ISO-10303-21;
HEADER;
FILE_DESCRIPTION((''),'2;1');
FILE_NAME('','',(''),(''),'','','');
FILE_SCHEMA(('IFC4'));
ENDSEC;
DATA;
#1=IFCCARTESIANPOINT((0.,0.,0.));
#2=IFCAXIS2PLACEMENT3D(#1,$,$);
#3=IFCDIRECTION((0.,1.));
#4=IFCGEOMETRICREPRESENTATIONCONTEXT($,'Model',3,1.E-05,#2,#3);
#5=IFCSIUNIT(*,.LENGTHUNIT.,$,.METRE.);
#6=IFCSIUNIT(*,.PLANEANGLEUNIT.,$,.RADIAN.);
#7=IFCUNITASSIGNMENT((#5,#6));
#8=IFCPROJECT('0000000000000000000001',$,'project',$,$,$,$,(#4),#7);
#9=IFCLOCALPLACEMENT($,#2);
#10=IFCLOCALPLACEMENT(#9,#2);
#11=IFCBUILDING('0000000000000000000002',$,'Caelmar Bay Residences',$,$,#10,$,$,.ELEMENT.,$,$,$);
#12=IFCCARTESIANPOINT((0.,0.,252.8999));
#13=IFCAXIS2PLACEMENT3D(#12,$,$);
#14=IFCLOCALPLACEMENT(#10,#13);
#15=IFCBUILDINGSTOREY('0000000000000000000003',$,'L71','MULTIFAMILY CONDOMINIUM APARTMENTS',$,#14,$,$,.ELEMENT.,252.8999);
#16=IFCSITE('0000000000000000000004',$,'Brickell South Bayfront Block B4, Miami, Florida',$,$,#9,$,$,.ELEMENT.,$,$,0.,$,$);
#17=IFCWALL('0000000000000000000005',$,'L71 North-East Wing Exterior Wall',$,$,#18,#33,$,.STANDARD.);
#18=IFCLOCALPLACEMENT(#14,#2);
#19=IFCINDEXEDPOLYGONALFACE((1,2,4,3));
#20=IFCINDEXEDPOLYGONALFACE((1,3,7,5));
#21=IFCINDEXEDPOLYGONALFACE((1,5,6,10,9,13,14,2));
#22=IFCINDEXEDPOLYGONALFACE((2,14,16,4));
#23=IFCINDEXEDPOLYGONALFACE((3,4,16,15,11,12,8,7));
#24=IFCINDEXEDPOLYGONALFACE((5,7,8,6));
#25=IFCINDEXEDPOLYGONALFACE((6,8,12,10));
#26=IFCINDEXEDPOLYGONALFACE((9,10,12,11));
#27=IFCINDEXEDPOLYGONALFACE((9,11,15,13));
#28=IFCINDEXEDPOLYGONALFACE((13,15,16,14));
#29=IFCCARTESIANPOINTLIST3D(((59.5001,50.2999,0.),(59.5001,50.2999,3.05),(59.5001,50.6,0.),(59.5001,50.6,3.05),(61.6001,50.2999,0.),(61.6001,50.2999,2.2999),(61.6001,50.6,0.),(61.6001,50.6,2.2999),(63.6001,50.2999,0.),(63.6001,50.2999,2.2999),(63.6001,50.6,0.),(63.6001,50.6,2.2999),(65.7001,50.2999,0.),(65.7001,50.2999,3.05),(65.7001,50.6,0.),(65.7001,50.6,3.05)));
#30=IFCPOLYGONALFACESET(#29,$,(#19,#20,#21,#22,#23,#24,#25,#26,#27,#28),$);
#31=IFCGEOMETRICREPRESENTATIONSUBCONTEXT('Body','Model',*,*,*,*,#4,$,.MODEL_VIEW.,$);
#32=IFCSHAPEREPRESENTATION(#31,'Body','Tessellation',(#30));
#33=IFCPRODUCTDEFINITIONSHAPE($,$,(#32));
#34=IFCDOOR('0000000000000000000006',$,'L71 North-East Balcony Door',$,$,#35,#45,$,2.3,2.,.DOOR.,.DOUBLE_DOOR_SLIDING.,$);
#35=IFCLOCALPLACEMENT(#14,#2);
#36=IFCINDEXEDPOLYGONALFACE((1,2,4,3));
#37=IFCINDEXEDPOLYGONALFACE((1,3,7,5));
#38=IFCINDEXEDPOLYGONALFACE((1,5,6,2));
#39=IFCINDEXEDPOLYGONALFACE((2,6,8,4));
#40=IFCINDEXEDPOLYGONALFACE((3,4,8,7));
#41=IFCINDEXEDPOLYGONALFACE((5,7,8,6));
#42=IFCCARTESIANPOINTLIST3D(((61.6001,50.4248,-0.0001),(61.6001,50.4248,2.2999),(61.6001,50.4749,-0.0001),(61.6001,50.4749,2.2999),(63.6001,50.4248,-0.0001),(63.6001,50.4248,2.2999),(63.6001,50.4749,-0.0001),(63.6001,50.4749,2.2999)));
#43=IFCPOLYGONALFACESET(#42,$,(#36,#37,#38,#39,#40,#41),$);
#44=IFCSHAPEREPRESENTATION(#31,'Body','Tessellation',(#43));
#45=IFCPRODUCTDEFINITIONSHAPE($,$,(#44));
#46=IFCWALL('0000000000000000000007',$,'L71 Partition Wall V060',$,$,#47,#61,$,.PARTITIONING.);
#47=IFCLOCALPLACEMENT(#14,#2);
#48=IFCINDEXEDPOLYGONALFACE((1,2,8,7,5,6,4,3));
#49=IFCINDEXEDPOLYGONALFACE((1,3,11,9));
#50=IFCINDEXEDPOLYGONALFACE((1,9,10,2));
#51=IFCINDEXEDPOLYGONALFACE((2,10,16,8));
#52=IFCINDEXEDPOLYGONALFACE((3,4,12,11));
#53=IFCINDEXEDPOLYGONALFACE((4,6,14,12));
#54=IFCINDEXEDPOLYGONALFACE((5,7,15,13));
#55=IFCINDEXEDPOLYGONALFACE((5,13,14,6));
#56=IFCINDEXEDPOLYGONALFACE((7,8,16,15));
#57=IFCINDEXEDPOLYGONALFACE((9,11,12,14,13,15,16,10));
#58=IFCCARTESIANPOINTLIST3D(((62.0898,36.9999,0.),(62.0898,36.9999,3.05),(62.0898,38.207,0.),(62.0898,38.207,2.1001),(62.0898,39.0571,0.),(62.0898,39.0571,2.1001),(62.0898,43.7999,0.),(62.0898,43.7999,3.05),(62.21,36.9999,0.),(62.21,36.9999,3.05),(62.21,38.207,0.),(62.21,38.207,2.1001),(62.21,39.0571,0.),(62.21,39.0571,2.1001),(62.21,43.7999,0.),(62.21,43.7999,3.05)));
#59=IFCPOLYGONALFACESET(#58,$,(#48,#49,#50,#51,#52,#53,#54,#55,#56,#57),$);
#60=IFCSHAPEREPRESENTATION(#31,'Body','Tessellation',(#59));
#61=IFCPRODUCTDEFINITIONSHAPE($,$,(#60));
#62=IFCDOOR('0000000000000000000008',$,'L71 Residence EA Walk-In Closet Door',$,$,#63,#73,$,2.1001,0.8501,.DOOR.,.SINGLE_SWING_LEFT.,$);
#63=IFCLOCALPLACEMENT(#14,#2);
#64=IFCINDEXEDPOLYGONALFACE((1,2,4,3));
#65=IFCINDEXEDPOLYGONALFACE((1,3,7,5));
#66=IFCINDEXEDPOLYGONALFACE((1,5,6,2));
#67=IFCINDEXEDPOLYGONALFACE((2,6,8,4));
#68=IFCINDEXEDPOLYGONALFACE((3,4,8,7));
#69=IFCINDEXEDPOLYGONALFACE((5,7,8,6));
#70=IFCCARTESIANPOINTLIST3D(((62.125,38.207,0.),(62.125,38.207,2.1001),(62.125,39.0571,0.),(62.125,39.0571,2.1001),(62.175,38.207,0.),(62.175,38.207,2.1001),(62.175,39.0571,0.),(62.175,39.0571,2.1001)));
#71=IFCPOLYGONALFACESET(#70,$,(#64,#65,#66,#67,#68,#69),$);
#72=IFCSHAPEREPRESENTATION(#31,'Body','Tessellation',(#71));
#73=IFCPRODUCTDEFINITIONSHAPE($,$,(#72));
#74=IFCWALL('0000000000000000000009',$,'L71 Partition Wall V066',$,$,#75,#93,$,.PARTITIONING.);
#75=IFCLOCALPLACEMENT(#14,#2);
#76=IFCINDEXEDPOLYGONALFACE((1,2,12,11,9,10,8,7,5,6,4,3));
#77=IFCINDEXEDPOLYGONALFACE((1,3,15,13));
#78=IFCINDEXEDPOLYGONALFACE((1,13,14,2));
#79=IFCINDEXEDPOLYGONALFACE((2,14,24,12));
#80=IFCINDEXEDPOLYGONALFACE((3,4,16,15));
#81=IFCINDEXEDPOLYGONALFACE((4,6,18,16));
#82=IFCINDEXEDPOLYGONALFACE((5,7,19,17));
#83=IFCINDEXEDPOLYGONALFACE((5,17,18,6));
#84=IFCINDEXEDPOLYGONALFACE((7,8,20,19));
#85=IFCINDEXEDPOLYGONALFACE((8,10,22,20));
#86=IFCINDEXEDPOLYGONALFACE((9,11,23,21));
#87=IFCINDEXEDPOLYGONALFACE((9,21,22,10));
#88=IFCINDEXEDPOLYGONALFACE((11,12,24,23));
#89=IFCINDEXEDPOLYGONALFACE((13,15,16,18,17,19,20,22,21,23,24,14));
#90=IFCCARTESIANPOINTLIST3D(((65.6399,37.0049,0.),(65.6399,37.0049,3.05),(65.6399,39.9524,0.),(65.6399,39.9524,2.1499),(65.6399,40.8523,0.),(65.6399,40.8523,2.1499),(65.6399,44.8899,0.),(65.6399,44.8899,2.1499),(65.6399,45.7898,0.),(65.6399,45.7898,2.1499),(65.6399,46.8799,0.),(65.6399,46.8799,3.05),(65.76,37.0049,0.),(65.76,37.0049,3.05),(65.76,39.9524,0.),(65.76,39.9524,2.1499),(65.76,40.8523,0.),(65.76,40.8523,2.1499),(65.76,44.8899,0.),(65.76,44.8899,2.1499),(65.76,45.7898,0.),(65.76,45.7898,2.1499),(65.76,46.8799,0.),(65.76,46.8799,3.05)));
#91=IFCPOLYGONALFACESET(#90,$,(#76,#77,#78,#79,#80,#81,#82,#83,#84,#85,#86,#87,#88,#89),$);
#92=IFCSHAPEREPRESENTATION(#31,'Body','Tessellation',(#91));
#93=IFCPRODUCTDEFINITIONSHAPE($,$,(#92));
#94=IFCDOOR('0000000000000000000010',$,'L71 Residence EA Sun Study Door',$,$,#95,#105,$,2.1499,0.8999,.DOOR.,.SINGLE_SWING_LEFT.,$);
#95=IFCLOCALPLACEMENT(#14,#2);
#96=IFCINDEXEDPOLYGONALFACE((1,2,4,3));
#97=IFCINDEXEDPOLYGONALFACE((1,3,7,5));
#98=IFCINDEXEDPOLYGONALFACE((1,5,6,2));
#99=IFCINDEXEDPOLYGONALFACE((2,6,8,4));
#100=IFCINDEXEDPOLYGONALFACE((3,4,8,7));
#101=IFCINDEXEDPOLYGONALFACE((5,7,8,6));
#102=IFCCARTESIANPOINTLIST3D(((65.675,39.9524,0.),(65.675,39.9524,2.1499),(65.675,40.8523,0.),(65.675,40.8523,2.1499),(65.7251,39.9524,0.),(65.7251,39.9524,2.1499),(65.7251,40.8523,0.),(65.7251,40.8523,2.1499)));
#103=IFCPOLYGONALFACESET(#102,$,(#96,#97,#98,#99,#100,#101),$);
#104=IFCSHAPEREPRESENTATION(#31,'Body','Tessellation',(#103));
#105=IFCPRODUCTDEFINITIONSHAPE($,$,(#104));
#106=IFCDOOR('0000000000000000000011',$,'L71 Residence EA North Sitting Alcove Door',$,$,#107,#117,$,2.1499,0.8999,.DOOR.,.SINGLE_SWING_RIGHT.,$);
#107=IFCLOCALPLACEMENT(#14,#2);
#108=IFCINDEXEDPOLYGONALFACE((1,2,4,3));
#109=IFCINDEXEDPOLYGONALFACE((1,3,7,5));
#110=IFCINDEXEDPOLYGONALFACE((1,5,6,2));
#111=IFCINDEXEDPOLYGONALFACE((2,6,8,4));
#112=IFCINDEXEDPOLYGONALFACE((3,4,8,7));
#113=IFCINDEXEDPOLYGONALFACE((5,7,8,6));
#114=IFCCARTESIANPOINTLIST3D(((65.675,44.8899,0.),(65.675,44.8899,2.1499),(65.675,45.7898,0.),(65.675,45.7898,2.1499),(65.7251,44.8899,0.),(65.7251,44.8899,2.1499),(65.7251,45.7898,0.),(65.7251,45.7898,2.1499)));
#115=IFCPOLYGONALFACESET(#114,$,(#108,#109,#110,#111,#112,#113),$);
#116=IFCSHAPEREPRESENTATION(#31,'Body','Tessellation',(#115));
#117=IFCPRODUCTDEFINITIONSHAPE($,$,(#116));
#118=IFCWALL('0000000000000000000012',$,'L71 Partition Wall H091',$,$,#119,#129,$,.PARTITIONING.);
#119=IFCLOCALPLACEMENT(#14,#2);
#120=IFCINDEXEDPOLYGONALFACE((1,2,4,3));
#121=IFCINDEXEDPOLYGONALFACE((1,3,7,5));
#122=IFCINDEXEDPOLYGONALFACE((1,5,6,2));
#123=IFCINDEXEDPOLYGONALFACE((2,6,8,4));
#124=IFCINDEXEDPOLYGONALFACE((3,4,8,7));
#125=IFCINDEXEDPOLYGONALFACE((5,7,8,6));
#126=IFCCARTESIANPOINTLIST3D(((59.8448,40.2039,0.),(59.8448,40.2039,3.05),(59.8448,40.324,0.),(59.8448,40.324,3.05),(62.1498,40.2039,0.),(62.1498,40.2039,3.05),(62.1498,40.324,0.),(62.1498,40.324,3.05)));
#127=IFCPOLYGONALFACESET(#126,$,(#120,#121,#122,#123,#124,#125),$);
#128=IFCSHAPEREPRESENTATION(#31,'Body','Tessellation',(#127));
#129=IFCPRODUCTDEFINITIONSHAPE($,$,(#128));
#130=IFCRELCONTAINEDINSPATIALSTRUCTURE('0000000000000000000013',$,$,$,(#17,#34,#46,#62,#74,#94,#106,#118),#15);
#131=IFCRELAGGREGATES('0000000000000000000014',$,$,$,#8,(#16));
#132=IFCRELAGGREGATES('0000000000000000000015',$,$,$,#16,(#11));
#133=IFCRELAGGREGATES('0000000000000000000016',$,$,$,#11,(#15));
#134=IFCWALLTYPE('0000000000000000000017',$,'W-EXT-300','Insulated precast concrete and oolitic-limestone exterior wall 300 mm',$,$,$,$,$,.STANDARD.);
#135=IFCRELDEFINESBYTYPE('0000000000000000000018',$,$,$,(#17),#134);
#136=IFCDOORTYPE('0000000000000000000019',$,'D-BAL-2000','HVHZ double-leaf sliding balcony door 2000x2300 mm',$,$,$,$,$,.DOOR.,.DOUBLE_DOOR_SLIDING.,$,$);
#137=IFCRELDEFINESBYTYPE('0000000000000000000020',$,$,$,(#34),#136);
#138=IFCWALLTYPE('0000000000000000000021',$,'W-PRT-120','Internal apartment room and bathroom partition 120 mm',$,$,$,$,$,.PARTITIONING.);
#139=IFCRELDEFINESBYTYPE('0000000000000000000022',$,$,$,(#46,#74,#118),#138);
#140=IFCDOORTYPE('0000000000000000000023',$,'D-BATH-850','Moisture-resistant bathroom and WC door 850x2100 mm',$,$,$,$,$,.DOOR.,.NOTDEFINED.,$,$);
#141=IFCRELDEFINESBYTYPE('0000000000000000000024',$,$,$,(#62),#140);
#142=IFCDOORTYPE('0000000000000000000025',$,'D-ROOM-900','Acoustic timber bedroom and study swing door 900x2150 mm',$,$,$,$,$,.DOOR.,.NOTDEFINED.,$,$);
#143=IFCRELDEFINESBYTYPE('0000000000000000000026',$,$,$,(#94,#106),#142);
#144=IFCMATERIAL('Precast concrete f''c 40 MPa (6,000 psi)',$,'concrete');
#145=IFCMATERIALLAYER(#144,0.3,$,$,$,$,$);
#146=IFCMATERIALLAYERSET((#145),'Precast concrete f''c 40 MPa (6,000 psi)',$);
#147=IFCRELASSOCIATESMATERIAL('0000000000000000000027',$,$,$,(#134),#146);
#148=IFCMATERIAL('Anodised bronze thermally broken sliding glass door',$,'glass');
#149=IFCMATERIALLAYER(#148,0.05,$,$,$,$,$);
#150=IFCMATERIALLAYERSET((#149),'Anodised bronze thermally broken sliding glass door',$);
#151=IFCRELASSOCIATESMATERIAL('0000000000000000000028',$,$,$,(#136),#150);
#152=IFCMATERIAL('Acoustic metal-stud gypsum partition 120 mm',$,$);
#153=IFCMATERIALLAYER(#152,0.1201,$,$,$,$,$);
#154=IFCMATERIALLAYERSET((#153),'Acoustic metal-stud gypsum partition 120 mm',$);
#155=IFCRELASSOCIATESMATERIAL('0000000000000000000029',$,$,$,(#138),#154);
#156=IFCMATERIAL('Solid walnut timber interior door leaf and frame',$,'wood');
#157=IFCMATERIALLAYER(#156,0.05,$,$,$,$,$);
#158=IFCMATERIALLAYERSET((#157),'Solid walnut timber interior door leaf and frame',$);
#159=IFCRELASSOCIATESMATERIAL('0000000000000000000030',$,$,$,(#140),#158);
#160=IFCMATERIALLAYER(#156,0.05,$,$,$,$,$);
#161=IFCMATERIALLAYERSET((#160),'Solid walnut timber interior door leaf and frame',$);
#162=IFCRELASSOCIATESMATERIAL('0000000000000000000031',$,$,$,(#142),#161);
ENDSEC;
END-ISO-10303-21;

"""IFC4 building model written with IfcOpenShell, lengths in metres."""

from ifc_helpers import new_model, si_unit, direction, frame, frame_2d, origin, place, context, subcontext, project, spatial, rectangle, extrude, material, layer, layer_set, type_object, element, fill, save


model = new_model("IFC4")

# Units and contexts
model_context = context("Model", 3, precision=1e-05, world=origin(), true_north=direction((0.0, 1.0)))
body_context = subcontext(model_context, "Body", "Model", "MODEL_VIEW")
ifc_project = project(units=[si_unit("LENGTHUNIT", "METRE"), si_unit("PLANEANGLEUNIT", "RADIAN")], contexts=[model_context])

# Site, building, storey
site_placement = place(None, origin())
site = spatial("IfcSite", under=ifc_project, at=site_placement, Name="Brickell South Bayfront Block B4, Miami, Florida", CompositionType="ELEMENT", RefElevation=0.0)
building_placement = place(site_placement, origin())
building = spatial("IfcBuilding", under=site, at=building_placement, Name="Caelmar Bay Residences", CompositionType="ELEMENT")
storey_placement = place(building_placement, frame((0.0, 0.0, 252.8999)))
storey = spatial("IfcBuildingStorey", under=building, at=storey_placement, Name="L71", Description="MULTIFAMILY CONDOMINIUM APARTMENTS", CompositionType="ELEMENT", Elevation=252.8999)

# Shared definitions
ifc_material_1 = material(Name="Precast concrete f'c 40 MPa (6,000 psi)", Category="concrete")
ifc_layer_1 = layer(ifc_material_1, 0.3)
ifc_layer_set_1 = layer_set([ifc_layer_1], Name="Precast concrete f'c 40 MPa (6,000 psi)")
wall_type_1 = type_object("IfcWallType", Name="W-EXT-300", Description="Insulated precast concrete and oolitic-limestone exterior wall 300 mm", PredefinedType="STANDARD", material=ifc_layer_set_1)

# Walls, openings, doors
wall_1_placement = place(storey_placement, frame((59.5, 50.45, 0.0), z_axis=(0.0, 0.0, 1.0), x_axis=(1.0, 0.0, 0.0)))
wall_1 = element("IfcWall", 1, at=wall_1_placement, inside=storey, type_object=wall_type_1, Name="L71 North-East Wing Exterior Wall", PredefinedType="STANDARD", context=body_context, shape_type="SweptSolid", body=[
    extrude(rectangle(XDim=6.2, YDim=0.3, at=frame_2d((3.1001, 0.0))), origin(), (0.0, 0.0, 1.0), 3.05),
])
opening_1_placement = place(wall_1_placement, frame((2.1001, 0.0, 0.0)))
opening_1 = element("IfcOpeningElement", 2, at=opening_1_placement, cuts=wall_1, PredefinedType="OPENING", context=body_context, shape_type="SweptSolid", body=[
    extrude(rectangle(XDim=2.0, YDim=2.3, at=frame_2d((1.0, 1.1499))), frame((0.0, 0.1599, 0.0), z_axis=(0.0, -1.0, 0.0), x_axis=(1.0, 0.0, 0.0)), (0.0, 0.0, 1.0), 0.3201),
])
ifc_material_2 = material(Name="Anodised bronze thermally broken sliding glass door", Category="glass")
ifc_layer_2 = layer(ifc_material_2, 0.05)
ifc_layer_set_2 = layer_set([ifc_layer_2], Name="Anodised bronze thermally broken sliding glass door")
door_type_1 = type_object("IfcDoorType", Name="D-BAL-2000", Description="HVHZ double-leaf sliding balcony door 2000x2300 mm", OperationType="DOUBLE_DOOR_SLIDING", PredefinedType="DOOR", material=ifc_layer_set_2)
door_1_placement = place(opening_1_placement, origin())
door_1 = element("IfcDoor", 3, at=door_1_placement, inside=storey, type_object=door_type_1, Name="L71 North-East Balcony Door", OperationType="DOUBLE_DOOR_SLIDING", OverallHeight=2.3, OverallWidth=2.0, PredefinedType="DOOR", context=body_context, shape_type="SweptSolid", body=[
    extrude(rectangle(XDim=2.0, YDim=2.3, at=frame_2d((1.0, 1.1499))), frame((0.0, 0.0249, 0.0), z_axis=(0.0, -1.0, 0.0), x_axis=(1.0, 0.0, 0.0)), (0.0, 0.0, 1.0), 0.05),
])
fill(opening_1, door_1)
ifc_material_3 = material(Name="Acoustic metal-stud gypsum partition 120 mm")
ifc_layer_3 = layer(ifc_material_3, 0.1201)
ifc_layer_set_3 = layer_set([ifc_layer_3], Name="Acoustic metal-stud gypsum partition 120 mm")
wall_type_2 = type_object("IfcWallType", Name="W-PRT-120", Description="Internal apartment room and bathroom partition 120 mm", PredefinedType="PARTITIONING", material=ifc_layer_set_3)
wall_2_placement = place(storey_placement, frame((62.1499, 37.0, 0.0), z_axis=(0.0, 0.0, 1.0), x_axis=(0.0, 1.0, 0.0)))
wall_2 = element("IfcWall", 4, at=wall_2_placement, inside=storey, type_object=wall_type_2, Name="L71 Partition Wall V060", PredefinedType="PARTITIONING", context=body_context, shape_type="SweptSolid", body=[
    extrude(rectangle(XDim=6.8, YDim=0.1201, at=frame_2d((3.3999, 0.0))), origin(), (0.0, 0.0, 1.0), 3.05),
])
opening_2_placement = place(wall_2_placement, frame((1.207, 0.0, 0.0)))
opening_2 = element("IfcOpeningElement", 5, at=opening_2_placement, cuts=wall_2, PredefinedType="OPENING", context=body_context, shape_type="SweptSolid", body=[
    extrude(rectangle(XDim=0.8501, YDim=2.1001, at=frame_2d((0.425, 1.05))), frame((0.0, 0.0701, 0.0), z_axis=(0.0, -1.0, 0.0), x_axis=(1.0, 0.0, 0.0)), (0.0, 0.0, 1.0), 0.1401),
])
ifc_material_4 = material(Name="Solid walnut timber interior door leaf and frame", Category="wood")
ifc_layer_4 = layer(ifc_material_4, 0.05)
ifc_layer_set_4 = layer_set([ifc_layer_4], Name="Solid walnut timber interior door leaf and frame")
door_type_2 = type_object("IfcDoorType", Name="D-BATH-850", Description="Moisture-resistant bathroom and WC door 850x2100 mm", OperationType="NOTDEFINED", PredefinedType="DOOR", material=ifc_layer_set_4)
door_2_placement = place(opening_2_placement, origin())
door_2 = element("IfcDoor", 6, at=door_2_placement, inside=storey, type_object=door_type_2, Name="L71 Residence EA Walk-In Closet Door", OperationType="SINGLE_SWING_LEFT", OverallHeight=2.1001, OverallWidth=0.8501, PredefinedType="DOOR", context=body_context, shape_type="SweptSolid", body=[
    extrude(rectangle(XDim=0.8501, YDim=2.1001, at=frame_2d((0.425, 1.05))), frame((0.0, 0.0249, 0.0), z_axis=(0.0, -1.0, 0.0), x_axis=(1.0, 0.0, 0.0)), (0.0, 0.0, 1.0), 0.05),
])
fill(opening_2, door_2)

# Wall, openings, doors
wall_3_placement = place(storey_placement, frame((65.7, 37.0049, 0.0), z_axis=(0.0, 0.0, 1.0), x_axis=(0.0, 1.0, 0.0)))
wall_3 = element("IfcWall", 7, at=wall_3_placement, inside=storey, type_object=wall_type_2, Name="L71 Partition Wall V066", PredefinedType="PARTITIONING", context=body_context, shape_type="SweptSolid", body=[
    extrude(rectangle(XDim=9.875, YDim=0.1201, at=frame_2d((4.9375, 0.0))), origin(), (0.0, 0.0, 1.0), 3.05),
])
opening_3_placement = place(wall_3_placement, frame((2.9475, 0.0, 0.0)))
opening_3 = element("IfcOpeningElement", 8, at=opening_3_placement, cuts=wall_3, PredefinedType="OPENING", context=body_context, shape_type="SweptSolid", body=[
    extrude(rectangle(XDim=0.8999, YDim=2.1499, at=frame_2d((0.45, 1.075))), frame((0.0, 0.0701, 0.0), z_axis=(0.0, -1.0, 0.0), x_axis=(1.0, 0.0, 0.0)), (0.0, 0.0, 1.0), 0.1401),
])
opening_4_placement = place(wall_3_placement, frame((7.885, 0.0, 0.0)))
opening_4 = element("IfcOpeningElement", 9, at=opening_4_placement, cuts=wall_3, PredefinedType="OPENING", context=body_context, shape_type="SweptSolid", body=[
    extrude(rectangle(XDim=0.8999, YDim=2.1499, at=frame_2d((0.45, 1.075))), frame((0.0, 0.0701, 0.0), z_axis=(0.0, -1.0, 0.0), x_axis=(1.0, 0.0, 0.0)), (0.0, 0.0, 1.0), 0.1401),
])
ifc_layer_5 = layer(ifc_material_4, 0.05)
ifc_layer_set_5 = layer_set([ifc_layer_5], Name="Solid walnut timber interior door leaf and frame")
door_type_3 = type_object("IfcDoorType", Name="D-ROOM-900", Description="Acoustic timber bedroom and study swing door 900x2150 mm", OperationType="NOTDEFINED", PredefinedType="DOOR", material=ifc_layer_set_5)
door_3_placement = place(opening_3_placement, origin())
door_3 = element("IfcDoor", 10, at=door_3_placement, inside=storey, type_object=door_type_3, Name="L71 Residence EA Sun Study Door", OperationType="SINGLE_SWING_LEFT", OverallHeight=2.1499, OverallWidth=0.8999, PredefinedType="DOOR", context=body_context, shape_type="SweptSolid", body=[
    extrude(rectangle(XDim=0.8999, YDim=2.1499, at=frame_2d((0.45, 1.075))), frame((0.0, 0.0249, 0.0), z_axis=(0.0, -1.0, 0.0), x_axis=(1.0, 0.0, 0.0)), (0.0, 0.0, 1.0), 0.05),
])
fill(opening_3, door_3)
door_4_placement = place(opening_4_placement, origin())
door_4 = element("IfcDoor", 11, at=door_4_placement, inside=storey, type_object=door_type_3, Name="L71 Residence EA North Sitting Alcove Door", OperationType="SINGLE_SWING_RIGHT", OverallHeight=2.1499, OverallWidth=0.8999, PredefinedType="DOOR", context=body_context, shape_type="SweptSolid", body=[
    extrude(rectangle(XDim=0.8999, YDim=2.1499, at=frame_2d((0.45, 1.075))), frame((0.0, 0.0249, 0.0), z_axis=(0.0, -1.0, 0.0), x_axis=(1.0, 0.0, 0.0)), (0.0, 0.0, 1.0), 0.05),
])
fill(opening_4, door_4)

# Wall
wall_4_placement = place(storey_placement, frame((59.845, 40.2639, 0.0), z_axis=(0.0, 0.0, 1.0), x_axis=(1.0, 0.0, 0.0)))
element("IfcWall", 12, at=wall_4_placement, inside=storey, type_object=wall_type_2, Name="L71 Partition Wall H091", PredefinedType="PARTITIONING", context=body_context, shape_type="SweptSolid", body=[
    extrude(rectangle(XDim=2.3049, YDim=0.1201, at=frame_2d((1.1523, 0.0))), origin(), (0.0, 0.0, 1.0), 3.05),
])

save(model, "model.ifc")
